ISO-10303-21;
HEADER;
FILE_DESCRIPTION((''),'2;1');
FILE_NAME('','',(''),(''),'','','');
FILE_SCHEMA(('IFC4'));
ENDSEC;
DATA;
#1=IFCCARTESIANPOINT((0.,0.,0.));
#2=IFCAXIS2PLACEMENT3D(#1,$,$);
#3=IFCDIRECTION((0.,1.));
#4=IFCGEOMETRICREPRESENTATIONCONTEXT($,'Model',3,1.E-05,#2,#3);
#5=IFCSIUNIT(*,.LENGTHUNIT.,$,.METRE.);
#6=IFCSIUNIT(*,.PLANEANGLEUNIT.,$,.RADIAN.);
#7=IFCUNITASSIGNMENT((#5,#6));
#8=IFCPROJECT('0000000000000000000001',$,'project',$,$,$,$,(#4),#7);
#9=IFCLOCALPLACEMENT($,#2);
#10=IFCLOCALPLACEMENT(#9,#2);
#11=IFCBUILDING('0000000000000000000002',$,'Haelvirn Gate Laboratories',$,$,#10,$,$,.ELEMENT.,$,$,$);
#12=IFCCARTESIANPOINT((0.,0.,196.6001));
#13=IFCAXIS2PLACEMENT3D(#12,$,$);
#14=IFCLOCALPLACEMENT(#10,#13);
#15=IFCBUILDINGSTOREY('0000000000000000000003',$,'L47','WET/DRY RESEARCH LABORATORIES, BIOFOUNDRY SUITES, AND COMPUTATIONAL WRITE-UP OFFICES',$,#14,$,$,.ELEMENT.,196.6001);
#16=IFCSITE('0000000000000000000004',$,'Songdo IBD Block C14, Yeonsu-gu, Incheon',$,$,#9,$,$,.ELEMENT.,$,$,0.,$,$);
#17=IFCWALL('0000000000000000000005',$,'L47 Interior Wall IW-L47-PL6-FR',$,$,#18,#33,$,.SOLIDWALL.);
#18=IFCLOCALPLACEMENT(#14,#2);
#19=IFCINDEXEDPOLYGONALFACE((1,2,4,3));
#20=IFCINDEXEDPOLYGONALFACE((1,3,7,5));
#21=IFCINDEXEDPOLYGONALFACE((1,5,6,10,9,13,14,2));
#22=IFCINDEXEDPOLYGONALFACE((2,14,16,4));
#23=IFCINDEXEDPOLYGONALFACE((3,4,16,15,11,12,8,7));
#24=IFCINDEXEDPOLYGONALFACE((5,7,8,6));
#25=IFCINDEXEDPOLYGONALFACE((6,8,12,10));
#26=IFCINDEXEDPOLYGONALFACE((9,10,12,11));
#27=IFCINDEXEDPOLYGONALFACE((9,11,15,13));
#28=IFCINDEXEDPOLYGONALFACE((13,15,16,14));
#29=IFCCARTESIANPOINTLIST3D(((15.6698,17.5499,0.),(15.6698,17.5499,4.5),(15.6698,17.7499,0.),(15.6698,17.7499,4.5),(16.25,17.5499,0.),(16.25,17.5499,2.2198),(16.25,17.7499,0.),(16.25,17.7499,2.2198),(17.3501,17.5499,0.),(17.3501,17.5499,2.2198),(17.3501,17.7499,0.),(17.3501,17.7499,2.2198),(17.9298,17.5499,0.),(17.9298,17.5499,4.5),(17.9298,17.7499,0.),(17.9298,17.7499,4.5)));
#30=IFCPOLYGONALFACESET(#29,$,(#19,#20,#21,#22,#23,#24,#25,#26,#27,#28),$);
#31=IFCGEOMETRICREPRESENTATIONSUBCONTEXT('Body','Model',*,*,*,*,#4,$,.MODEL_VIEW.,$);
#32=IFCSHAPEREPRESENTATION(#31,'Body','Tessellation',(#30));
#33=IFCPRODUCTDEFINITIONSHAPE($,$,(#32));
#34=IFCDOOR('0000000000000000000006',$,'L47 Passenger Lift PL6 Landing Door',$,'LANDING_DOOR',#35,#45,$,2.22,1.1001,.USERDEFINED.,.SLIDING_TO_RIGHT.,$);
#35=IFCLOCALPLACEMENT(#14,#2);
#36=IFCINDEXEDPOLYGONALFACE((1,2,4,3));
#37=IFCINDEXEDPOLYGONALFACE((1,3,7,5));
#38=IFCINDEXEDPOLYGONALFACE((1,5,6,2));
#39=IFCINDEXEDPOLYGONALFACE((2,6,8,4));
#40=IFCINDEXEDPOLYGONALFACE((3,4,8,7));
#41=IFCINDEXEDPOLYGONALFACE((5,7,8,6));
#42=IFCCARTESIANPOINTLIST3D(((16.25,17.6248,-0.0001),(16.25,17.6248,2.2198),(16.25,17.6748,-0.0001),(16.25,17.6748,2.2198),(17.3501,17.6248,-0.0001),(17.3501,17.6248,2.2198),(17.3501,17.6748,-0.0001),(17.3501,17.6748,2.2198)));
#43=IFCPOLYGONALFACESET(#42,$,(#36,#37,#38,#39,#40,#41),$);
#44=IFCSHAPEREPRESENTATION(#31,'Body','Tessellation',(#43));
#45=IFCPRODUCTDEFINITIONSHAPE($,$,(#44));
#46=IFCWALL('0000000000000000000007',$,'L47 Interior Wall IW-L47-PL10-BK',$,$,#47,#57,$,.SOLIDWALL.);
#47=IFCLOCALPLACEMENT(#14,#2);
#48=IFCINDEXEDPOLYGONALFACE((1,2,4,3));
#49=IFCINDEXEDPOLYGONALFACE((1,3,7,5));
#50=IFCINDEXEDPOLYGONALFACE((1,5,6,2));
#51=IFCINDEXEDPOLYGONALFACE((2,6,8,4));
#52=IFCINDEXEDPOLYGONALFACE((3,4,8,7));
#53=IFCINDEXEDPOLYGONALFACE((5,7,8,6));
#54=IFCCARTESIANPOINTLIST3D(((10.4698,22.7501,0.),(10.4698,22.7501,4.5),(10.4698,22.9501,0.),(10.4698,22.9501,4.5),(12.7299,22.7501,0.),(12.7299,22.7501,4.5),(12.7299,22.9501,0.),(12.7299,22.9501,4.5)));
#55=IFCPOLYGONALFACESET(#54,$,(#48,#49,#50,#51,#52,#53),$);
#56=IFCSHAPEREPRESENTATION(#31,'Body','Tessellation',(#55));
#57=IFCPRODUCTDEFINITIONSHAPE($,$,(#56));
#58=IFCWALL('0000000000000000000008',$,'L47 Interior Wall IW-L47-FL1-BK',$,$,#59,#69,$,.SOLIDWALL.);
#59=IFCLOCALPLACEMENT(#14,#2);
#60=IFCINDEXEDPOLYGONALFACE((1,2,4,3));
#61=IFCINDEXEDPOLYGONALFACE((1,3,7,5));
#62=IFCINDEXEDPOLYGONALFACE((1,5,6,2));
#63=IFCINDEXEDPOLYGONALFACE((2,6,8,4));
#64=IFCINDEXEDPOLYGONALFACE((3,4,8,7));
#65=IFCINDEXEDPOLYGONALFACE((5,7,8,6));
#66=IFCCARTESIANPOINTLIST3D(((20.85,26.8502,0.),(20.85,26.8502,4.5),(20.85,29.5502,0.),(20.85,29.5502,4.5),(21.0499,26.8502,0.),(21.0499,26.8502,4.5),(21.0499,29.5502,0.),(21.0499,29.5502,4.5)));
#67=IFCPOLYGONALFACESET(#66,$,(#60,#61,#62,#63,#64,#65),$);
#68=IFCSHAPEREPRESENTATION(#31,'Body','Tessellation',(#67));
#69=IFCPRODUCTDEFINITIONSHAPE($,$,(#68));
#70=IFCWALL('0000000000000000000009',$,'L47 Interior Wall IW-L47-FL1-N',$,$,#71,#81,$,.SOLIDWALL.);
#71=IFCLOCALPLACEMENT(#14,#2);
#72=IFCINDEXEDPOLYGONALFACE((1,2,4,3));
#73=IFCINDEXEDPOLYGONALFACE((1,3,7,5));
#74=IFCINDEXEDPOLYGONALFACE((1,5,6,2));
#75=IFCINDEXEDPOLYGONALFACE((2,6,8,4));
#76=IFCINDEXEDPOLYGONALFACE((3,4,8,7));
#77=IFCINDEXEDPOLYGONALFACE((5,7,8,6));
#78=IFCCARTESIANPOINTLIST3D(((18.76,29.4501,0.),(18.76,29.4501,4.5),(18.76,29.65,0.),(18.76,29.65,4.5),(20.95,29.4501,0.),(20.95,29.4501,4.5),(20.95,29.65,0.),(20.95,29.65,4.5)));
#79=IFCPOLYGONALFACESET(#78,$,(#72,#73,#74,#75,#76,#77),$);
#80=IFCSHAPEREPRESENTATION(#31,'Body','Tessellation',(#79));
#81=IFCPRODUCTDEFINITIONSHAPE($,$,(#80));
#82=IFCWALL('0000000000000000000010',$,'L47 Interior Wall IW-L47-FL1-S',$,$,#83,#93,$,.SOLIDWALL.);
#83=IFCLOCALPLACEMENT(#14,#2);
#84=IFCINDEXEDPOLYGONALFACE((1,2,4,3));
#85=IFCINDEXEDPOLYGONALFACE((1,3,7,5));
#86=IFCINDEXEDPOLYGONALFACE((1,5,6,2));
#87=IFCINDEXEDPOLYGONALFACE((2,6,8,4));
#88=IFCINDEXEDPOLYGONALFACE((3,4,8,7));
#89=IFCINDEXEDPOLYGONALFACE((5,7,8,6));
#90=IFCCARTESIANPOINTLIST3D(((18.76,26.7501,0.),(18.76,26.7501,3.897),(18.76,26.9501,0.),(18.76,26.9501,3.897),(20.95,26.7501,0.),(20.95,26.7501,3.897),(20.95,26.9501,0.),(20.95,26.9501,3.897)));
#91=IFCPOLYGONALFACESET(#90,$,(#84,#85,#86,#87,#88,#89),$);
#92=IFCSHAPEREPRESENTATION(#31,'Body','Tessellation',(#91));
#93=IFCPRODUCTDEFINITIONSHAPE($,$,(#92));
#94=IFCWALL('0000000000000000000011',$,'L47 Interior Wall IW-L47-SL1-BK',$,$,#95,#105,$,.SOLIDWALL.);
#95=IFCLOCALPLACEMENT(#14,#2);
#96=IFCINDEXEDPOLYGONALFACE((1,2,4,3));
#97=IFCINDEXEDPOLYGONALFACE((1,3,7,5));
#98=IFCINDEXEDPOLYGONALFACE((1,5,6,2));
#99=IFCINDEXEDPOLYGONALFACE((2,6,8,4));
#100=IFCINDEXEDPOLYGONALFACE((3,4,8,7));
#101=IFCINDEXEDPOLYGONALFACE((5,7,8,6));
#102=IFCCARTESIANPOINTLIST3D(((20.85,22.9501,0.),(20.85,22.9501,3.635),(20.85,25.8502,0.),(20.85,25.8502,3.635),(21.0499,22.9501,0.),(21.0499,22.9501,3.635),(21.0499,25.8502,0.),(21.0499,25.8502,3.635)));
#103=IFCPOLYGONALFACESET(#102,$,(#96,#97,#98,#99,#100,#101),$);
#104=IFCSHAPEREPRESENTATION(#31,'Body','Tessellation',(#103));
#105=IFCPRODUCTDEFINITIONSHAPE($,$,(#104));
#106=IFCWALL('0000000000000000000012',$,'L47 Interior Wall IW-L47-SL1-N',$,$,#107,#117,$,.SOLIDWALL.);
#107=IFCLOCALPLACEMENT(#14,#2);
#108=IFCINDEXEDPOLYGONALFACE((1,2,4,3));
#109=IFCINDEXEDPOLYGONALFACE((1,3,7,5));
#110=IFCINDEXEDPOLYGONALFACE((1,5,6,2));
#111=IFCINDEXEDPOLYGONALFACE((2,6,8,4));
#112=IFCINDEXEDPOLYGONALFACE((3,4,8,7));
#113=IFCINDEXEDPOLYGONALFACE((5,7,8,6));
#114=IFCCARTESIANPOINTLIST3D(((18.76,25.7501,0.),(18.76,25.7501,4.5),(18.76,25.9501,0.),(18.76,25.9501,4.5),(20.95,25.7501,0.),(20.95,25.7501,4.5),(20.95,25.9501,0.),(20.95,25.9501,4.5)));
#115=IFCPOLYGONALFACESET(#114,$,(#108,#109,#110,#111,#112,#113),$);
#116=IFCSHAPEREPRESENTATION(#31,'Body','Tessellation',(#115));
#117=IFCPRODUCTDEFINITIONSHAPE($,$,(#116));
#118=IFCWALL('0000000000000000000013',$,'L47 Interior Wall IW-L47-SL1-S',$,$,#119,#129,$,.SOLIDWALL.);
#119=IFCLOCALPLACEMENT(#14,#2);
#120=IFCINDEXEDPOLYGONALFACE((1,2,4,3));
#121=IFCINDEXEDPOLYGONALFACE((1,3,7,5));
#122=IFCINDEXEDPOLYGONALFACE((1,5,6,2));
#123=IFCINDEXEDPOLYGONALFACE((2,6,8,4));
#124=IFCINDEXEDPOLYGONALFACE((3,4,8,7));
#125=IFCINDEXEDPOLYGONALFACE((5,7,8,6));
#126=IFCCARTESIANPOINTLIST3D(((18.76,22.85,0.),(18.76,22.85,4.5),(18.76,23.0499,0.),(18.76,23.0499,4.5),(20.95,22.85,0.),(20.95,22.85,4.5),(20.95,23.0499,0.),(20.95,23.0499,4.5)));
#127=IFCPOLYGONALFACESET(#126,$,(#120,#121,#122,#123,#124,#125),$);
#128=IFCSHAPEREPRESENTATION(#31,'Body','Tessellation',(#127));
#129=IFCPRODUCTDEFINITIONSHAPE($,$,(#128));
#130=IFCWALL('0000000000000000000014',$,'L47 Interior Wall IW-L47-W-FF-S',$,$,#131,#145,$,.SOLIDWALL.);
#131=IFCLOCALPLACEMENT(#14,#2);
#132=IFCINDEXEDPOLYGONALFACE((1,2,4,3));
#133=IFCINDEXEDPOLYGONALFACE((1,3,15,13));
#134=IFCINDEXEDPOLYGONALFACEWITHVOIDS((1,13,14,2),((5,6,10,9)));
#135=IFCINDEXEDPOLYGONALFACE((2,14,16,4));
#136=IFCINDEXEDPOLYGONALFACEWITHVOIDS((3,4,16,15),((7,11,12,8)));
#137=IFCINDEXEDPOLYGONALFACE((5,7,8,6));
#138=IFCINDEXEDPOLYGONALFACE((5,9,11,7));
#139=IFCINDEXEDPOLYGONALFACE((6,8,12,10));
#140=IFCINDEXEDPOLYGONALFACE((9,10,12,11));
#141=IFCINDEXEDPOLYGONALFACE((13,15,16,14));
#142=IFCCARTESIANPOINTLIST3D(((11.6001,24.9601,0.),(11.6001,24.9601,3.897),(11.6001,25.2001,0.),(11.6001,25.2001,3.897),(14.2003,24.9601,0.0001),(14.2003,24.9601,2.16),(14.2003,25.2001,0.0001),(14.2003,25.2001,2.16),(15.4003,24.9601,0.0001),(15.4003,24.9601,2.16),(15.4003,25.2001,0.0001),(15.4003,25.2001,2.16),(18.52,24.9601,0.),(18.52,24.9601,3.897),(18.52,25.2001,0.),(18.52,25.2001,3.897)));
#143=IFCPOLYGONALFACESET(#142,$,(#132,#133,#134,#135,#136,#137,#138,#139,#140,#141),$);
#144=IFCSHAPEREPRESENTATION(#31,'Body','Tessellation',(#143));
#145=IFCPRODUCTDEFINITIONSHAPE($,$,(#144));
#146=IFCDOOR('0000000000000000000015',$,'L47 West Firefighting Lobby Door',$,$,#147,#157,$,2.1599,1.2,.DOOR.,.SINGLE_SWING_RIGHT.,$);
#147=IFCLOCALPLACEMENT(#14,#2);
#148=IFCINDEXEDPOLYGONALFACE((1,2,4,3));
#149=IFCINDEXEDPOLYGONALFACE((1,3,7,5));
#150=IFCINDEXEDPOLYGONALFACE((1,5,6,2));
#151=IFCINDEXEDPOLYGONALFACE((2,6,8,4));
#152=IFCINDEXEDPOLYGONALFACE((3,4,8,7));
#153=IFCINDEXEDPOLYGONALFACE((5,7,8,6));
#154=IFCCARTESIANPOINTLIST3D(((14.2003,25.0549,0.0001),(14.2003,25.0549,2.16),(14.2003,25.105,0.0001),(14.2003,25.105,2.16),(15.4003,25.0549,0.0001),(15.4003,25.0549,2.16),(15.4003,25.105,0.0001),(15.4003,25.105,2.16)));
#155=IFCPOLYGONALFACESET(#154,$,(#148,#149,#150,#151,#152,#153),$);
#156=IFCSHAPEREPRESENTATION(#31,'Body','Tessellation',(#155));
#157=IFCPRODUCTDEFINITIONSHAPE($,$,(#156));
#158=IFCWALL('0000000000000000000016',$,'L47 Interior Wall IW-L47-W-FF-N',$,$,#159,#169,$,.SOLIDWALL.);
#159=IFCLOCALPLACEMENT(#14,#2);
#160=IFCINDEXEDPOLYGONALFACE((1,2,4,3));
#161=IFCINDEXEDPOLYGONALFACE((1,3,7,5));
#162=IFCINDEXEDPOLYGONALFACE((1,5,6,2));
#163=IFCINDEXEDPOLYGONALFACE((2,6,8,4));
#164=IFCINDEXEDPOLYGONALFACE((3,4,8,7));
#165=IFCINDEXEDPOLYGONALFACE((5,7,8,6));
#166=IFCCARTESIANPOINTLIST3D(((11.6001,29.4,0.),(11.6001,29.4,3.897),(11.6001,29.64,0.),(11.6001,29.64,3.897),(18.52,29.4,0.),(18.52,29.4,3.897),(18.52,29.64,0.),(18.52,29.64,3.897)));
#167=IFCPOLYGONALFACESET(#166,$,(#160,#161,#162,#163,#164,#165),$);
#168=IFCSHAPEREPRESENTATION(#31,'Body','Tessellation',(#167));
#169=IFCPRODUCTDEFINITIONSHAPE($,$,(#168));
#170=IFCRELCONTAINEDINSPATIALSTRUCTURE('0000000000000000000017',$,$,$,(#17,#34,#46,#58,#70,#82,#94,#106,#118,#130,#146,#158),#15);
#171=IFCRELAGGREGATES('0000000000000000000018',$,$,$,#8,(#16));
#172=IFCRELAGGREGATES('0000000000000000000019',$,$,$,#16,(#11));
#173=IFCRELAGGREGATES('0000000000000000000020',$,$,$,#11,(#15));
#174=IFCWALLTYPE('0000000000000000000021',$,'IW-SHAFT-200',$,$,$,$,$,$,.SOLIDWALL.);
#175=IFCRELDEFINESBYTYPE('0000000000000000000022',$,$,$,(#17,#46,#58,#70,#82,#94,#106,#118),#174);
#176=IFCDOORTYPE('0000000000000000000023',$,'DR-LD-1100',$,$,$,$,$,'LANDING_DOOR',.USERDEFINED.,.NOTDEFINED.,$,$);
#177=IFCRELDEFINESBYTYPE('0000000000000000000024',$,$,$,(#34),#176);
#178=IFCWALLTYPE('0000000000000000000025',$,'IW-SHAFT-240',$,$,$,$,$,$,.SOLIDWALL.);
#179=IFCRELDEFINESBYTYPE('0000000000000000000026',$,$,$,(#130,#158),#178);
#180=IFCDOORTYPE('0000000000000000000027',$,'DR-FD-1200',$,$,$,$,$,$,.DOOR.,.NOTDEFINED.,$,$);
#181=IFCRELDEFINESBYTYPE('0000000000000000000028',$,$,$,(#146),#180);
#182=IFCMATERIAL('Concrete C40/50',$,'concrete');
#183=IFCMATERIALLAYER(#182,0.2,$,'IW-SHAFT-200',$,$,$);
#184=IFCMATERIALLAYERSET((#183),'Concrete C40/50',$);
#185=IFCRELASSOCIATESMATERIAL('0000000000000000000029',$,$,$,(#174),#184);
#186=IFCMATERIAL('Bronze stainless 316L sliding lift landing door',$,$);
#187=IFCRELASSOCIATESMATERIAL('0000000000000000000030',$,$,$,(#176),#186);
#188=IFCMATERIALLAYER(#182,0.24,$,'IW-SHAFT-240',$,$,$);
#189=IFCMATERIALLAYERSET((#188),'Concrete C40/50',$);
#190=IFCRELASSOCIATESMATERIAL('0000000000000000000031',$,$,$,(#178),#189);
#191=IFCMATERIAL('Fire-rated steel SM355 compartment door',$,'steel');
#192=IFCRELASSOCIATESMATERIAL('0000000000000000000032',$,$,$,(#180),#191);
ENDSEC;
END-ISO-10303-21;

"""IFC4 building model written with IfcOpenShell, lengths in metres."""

from ifc_helpers import new_model, si_unit, direction, frame, frame_2d, origin, place, context, subcontext, project, spatial, rectangle, extrude, source, transform, mapped, material, layer, layer_set, type_object, type_shapes, element, fill, save


model = new_model("IFC4")

# Units and contexts
model_context = context("Model", 3, precision=1e-05, world=origin(), true_north=direction((0.0, 1.0)))
body_context = subcontext(model_context, "Body", "Model", "MODEL_VIEW")
ifc_project = project(units=[si_unit("LENGTHUNIT", "METRE"), si_unit("PLANEANGLEUNIT", "RADIAN")], contexts=[model_context])

# Site, building, storey
site_placement = place(None, origin())
site = spatial("IfcSite", under=ifc_project, at=site_placement, Name="Songdo IBD Block C14, Yeonsu-gu, Incheon", CompositionType="ELEMENT", RefElevation=0.0)
building_placement = place(site_placement, origin())
building = spatial("IfcBuilding", under=site, at=building_placement, Name="Haelvirn Gate Laboratories", CompositionType="ELEMENT")
storey_placement = place(building_placement, frame((0.0, 0.0, 196.6001)))
storey = spatial("IfcBuildingStorey", under=building, at=storey_placement, Name="L47", Description="WET/DRY RESEARCH LABORATORIES, BIOFOUNDRY SUITES, AND COMPUTATIONAL WRITE-UP OFFICES", CompositionType="ELEMENT", Elevation=196.6001)

# Shared definitions
ifc_material_1 = material(Name="Concrete C40/50", Category="concrete")

# Wall, opening, door
ifc_layer_1 = layer(ifc_material_1, 0.2, Name="IW-SHAFT-200")
ifc_layer_set_1 = layer_set([ifc_layer_1], Name="Concrete C40/50")
wall_type_1 = type_object("IfcWallType", Name="IW-SHAFT-200", PredefinedType="SOLIDWALL", material=ifc_layer_set_1)
ifc_material_2 = material(Name="Bronze stainless 316L sliding lift landing door")
door_type_1 = type_object("IfcDoorType", Name="DR-LD-1100", ElementType="LANDING_DOOR", OperationType="NOTDEFINED", PredefinedType="USERDEFINED", material=ifc_material_2)
shared_shape_1 = source(origin(), body_context, "Body", "SweptSolid", [
    extrude(rectangle(XDim=1.1001, YDim=2.22, at=frame_2d((0.55, 1.1099))), frame((0.0, 0.0249, 0.0), z_axis=(0.0, -1.0, 0.0), x_axis=(1.0, 0.0, 0.0)), (0.0, 0.0, 1.0), 0.05),
])
type_shapes(door_type_1, [shared_shape_1])
wall_1_placement = place(storey_placement, frame((15.6699, 17.6499, 0.0), z_axis=(0.0, 0.0, 1.0), x_axis=(1.0, 0.0, 0.0)))
wall_1 = element("IfcWall", 1, at=wall_1_placement, inside=storey, type_object=wall_type_1, Name="L47 Interior Wall IW-L47-PL6-FR", PredefinedType="SOLIDWALL", context=body_context, shape_type="SweptSolid", body=[
    extrude(rectangle(XDim=2.26, YDim=0.2, at=frame_2d((1.1299, 0.0))), origin(), (0.0, 0.0, 1.0), 4.5),
])
opening_1_placement = place(wall_1_placement, frame((0.5801, 0.0, 0.0)))
opening_1 = element("IfcOpeningElement", 2, at=opening_1_placement, cuts=wall_1, PredefinedType="OPENING", context=body_context, shape_type="SweptSolid", body=[
    extrude(rectangle(XDim=1.1001, YDim=2.22, at=frame_2d((0.55, 1.1099))), frame((0.0, 0.1099, 0.0), z_axis=(0.0, -1.0, 0.0), x_axis=(1.0, 0.0, 0.0)), (0.0, 0.0, 1.0), 0.22),
])
door_1_placement = place(opening_1_placement, origin())
door_1 = element("IfcDoor", 3, at=door_1_placement, inside=storey, type_object=door_type_1, Name="L47 Passenger Lift PL6 Landing Door", ObjectType="LANDING_DOOR", OperationType="SLIDING_TO_RIGHT", OverallHeight=2.22, OverallWidth=1.1001, PredefinedType="USERDEFINED", context=body_context, shape_type="MappedRepresentation", body=[
    mapped(shared_shape_1, transform((0.0, 0.0, 0.0), scale=1.0)),
])
fill(opening_1, door_1)

# Walls
wall_2_placement = place(storey_placement, frame((10.47, 22.8501, 0.0), z_axis=(0.0, 0.0, 1.0), x_axis=(1.0, 0.0, 0.0)))
element("IfcWall", 4, at=wall_2_placement, inside=storey, type_object=wall_type_1, Name="L47 Interior Wall IW-L47-PL10-BK", PredefinedType="SOLIDWALL", context=body_context, shape_type="SweptSolid", body=[
    extrude(rectangle(XDim=2.26, YDim=0.2, at=frame_2d((1.1299, 0.0))), origin(), (0.0, 0.0, 1.0), 4.5),
])
wall_3_placement = place(storey_placement, frame((20.95, 26.8501, 0.0), z_axis=(0.0, 0.0, 1.0), x_axis=(0.0, 1.0, 0.0)))
element("IfcWall", 5, at=wall_3_placement, inside=storey, type_object=wall_type_1, Name="L47 Interior Wall IW-L47-FL1-BK", PredefinedType="SOLIDWALL", context=body_context, shape_type="SweptSolid", body=[
    extrude(rectangle(XDim=2.7, YDim=0.2, at=frame_2d((1.3501, 0.0))), origin(), (0.0, 0.0, 1.0), 4.5),
])
wall_4_placement = place(storey_placement, frame((18.76, 29.55, 0.0), z_axis=(0.0, 0.0, 1.0), x_axis=(1.0, 0.0, 0.0)))
element("IfcWall", 6, at=wall_4_placement, inside=storey, type_object=wall_type_1, Name="L47 Interior Wall IW-L47-FL1-N", PredefinedType="SOLIDWALL", context=body_context, shape_type="SweptSolid", body=[
    extrude(rectangle(XDim=2.1899, YDim=0.2, at=frame_2d((1.095, 0.0))), origin(), (0.0, 0.0, 1.0), 4.5),
])
wall_5_placement = place(storey_placement, frame((18.76, 26.8501, 0.0), z_axis=(0.0, 0.0, 1.0), x_axis=(1.0, 0.0, 0.0)))
element("IfcWall", 7, at=wall_5_placement, inside=storey, type_object=wall_type_1, Name="L47 Interior Wall IW-L47-FL1-S", PredefinedType="SOLIDWALL", context=body_context, shape_type="SweptSolid", body=[
    extrude(rectangle(XDim=2.1899, YDim=0.2, at=frame_2d((1.095, 0.0))), origin(), (0.0, 0.0, 1.0), 3.897),
])
wall_6_placement = place(storey_placement, frame((20.95, 22.95, 0.0), z_axis=(0.0, 0.0, 1.0), x_axis=(0.0, 1.0, 0.0)))
element("IfcWall", 8, at=wall_6_placement, inside=storey, type_object=wall_type_1, Name="L47 Interior Wall IW-L47-SL1-BK", PredefinedType="SOLIDWALL", context=body_context, shape_type="SweptSolid", body=[
    extrude(rectangle(XDim=2.9001, YDim=0.2, at=frame_2d((1.4502, 0.0))), origin(), (0.0, 0.0, 1.0), 3.635),
])
for number, where, z_axis, x_axis, name in (
    (9, (18.76, 25.8501, 0.0), (0.0, 0.0, 1.0), (1.0, 0.0, 0.0), "L47 Interior Wall IW-L47-SL1-N"),
    (10, (18.76, 22.95, 0.0), (0.0, 0.0, 1.0), (1.0, 0.0, 0.0), "L47 Interior Wall IW-L47-SL1-S"),
):
    element("IfcWall", number, at=place(storey_placement, frame(where, z_axis=z_axis, x_axis=x_axis)), inside=storey, type_object=wall_type_1, Name=name, PredefinedType="SOLIDWALL", context=body_context, shape_type="SweptSolid", body=[
        extrude(rectangle(XDim=2.1899, YDim=0.2, at=frame_2d((1.095, 0.0))), origin(), (0.0, 0.0, 1.0), 4.5),
    ])

# Wall, opening, door
ifc_layer_2 = layer(ifc_material_1, 0.24, Name="IW-SHAFT-240")
ifc_layer_set_2 = layer_set([ifc_layer_2], Name="Concrete C40/50")
wall_type_2 = type_object("IfcWallType", Name="IW-SHAFT-240", PredefinedType="SOLIDWALL", material=ifc_layer_set_2)
wall_7_placement = place(storey_placement, frame((11.6001, 25.0801, 0.0), z_axis=(0.0, 0.0, 1.0), x_axis=(1.0, 0.0, 0.0)))
wall_7 = element("IfcWall", 11, at=wall_7_placement, inside=storey, type_object=wall_type_2, Name="L47 Interior Wall IW-L47-W-FF-S", PredefinedType="SOLIDWALL", context=body_context, shape_type="SweptSolid", body=[
    extrude(rectangle(XDim=6.9199, YDim=0.24, at=frame_2d((3.46, 0.0))), origin(), (0.0, 0.0, 1.0), 3.897),
])
opening_2_placement = place(wall_7_placement, frame((2.6001, 0.0, 0.0)))
opening_2 = element("IfcOpeningElement", 12, at=opening_2_placement, cuts=wall_7, PredefinedType="OPENING", context=body_context, shape_type="SweptSolid", body=[
    extrude(rectangle(XDim=1.2, YDim=2.1599, at=frame_2d((0.6001, 1.0801))), frame((0.0, 0.1299, 0.0), z_axis=(0.0, -1.0, 0.0), x_axis=(1.0, 0.0, 0.0)), (0.0, 0.0, 1.0), 0.26),
])
ifc_material_3 = material(Name="Fire-rated steel SM355 compartment door", Category="steel")
door_type_2 = type_object("IfcDoorType", Name="DR-FD-1200", OperationType="NOTDEFINED", PredefinedType="DOOR", material=ifc_material_3)
shared_shape_2 = source(origin(), body_context, "Body", "SweptSolid", [
    extrude(rectangle(XDim=1.2, YDim=2.1599, at=frame_2d((0.6001, 1.0801))), frame((0.0, 0.0249, 0.0), z_axis=(0.0, -1.0, 0.0), x_axis=(1.0, 0.0, 0.0)), (0.0, 0.0, 1.0), 0.05),
])
type_shapes(door_type_2, [shared_shape_2])
door_2_placement = place(opening_2_placement, origin())
door_2 = element("IfcDoor", 13, at=door_2_placement, inside=storey, type_object=door_type_2, Name="L47 West Firefighting Lobby Door", OperationType="SINGLE_SWING_RIGHT", OverallHeight=2.1599, OverallWidth=1.2, PredefinedType="DOOR", context=body_context, shape_type="MappedRepresentation", body=[
    mapped(shared_shape_2, transform((0.0, 0.0, 0.0), scale=1.0)),
])
fill(opening_2, door_2)

# Wall
wall_8_placement = place(storey_placement, frame((11.6001, 29.52, 0.0), z_axis=(0.0, 0.0, 1.0), x_axis=(1.0, 0.0, 0.0)))
element("IfcWall", 14, at=wall_8_placement, inside=storey, type_object=wall_type_2, Name="L47 Interior Wall IW-L47-W-FF-N", PredefinedType="SOLIDWALL", context=body_context, shape_type="SweptSolid", body=[
    extrude(rectangle(XDim=6.9199, YDim=0.24, at=frame_2d((3.46, 0.0))), origin(), (0.0, 0.0, 1.0), 3.897),
])

save(model, "model.ifc")
